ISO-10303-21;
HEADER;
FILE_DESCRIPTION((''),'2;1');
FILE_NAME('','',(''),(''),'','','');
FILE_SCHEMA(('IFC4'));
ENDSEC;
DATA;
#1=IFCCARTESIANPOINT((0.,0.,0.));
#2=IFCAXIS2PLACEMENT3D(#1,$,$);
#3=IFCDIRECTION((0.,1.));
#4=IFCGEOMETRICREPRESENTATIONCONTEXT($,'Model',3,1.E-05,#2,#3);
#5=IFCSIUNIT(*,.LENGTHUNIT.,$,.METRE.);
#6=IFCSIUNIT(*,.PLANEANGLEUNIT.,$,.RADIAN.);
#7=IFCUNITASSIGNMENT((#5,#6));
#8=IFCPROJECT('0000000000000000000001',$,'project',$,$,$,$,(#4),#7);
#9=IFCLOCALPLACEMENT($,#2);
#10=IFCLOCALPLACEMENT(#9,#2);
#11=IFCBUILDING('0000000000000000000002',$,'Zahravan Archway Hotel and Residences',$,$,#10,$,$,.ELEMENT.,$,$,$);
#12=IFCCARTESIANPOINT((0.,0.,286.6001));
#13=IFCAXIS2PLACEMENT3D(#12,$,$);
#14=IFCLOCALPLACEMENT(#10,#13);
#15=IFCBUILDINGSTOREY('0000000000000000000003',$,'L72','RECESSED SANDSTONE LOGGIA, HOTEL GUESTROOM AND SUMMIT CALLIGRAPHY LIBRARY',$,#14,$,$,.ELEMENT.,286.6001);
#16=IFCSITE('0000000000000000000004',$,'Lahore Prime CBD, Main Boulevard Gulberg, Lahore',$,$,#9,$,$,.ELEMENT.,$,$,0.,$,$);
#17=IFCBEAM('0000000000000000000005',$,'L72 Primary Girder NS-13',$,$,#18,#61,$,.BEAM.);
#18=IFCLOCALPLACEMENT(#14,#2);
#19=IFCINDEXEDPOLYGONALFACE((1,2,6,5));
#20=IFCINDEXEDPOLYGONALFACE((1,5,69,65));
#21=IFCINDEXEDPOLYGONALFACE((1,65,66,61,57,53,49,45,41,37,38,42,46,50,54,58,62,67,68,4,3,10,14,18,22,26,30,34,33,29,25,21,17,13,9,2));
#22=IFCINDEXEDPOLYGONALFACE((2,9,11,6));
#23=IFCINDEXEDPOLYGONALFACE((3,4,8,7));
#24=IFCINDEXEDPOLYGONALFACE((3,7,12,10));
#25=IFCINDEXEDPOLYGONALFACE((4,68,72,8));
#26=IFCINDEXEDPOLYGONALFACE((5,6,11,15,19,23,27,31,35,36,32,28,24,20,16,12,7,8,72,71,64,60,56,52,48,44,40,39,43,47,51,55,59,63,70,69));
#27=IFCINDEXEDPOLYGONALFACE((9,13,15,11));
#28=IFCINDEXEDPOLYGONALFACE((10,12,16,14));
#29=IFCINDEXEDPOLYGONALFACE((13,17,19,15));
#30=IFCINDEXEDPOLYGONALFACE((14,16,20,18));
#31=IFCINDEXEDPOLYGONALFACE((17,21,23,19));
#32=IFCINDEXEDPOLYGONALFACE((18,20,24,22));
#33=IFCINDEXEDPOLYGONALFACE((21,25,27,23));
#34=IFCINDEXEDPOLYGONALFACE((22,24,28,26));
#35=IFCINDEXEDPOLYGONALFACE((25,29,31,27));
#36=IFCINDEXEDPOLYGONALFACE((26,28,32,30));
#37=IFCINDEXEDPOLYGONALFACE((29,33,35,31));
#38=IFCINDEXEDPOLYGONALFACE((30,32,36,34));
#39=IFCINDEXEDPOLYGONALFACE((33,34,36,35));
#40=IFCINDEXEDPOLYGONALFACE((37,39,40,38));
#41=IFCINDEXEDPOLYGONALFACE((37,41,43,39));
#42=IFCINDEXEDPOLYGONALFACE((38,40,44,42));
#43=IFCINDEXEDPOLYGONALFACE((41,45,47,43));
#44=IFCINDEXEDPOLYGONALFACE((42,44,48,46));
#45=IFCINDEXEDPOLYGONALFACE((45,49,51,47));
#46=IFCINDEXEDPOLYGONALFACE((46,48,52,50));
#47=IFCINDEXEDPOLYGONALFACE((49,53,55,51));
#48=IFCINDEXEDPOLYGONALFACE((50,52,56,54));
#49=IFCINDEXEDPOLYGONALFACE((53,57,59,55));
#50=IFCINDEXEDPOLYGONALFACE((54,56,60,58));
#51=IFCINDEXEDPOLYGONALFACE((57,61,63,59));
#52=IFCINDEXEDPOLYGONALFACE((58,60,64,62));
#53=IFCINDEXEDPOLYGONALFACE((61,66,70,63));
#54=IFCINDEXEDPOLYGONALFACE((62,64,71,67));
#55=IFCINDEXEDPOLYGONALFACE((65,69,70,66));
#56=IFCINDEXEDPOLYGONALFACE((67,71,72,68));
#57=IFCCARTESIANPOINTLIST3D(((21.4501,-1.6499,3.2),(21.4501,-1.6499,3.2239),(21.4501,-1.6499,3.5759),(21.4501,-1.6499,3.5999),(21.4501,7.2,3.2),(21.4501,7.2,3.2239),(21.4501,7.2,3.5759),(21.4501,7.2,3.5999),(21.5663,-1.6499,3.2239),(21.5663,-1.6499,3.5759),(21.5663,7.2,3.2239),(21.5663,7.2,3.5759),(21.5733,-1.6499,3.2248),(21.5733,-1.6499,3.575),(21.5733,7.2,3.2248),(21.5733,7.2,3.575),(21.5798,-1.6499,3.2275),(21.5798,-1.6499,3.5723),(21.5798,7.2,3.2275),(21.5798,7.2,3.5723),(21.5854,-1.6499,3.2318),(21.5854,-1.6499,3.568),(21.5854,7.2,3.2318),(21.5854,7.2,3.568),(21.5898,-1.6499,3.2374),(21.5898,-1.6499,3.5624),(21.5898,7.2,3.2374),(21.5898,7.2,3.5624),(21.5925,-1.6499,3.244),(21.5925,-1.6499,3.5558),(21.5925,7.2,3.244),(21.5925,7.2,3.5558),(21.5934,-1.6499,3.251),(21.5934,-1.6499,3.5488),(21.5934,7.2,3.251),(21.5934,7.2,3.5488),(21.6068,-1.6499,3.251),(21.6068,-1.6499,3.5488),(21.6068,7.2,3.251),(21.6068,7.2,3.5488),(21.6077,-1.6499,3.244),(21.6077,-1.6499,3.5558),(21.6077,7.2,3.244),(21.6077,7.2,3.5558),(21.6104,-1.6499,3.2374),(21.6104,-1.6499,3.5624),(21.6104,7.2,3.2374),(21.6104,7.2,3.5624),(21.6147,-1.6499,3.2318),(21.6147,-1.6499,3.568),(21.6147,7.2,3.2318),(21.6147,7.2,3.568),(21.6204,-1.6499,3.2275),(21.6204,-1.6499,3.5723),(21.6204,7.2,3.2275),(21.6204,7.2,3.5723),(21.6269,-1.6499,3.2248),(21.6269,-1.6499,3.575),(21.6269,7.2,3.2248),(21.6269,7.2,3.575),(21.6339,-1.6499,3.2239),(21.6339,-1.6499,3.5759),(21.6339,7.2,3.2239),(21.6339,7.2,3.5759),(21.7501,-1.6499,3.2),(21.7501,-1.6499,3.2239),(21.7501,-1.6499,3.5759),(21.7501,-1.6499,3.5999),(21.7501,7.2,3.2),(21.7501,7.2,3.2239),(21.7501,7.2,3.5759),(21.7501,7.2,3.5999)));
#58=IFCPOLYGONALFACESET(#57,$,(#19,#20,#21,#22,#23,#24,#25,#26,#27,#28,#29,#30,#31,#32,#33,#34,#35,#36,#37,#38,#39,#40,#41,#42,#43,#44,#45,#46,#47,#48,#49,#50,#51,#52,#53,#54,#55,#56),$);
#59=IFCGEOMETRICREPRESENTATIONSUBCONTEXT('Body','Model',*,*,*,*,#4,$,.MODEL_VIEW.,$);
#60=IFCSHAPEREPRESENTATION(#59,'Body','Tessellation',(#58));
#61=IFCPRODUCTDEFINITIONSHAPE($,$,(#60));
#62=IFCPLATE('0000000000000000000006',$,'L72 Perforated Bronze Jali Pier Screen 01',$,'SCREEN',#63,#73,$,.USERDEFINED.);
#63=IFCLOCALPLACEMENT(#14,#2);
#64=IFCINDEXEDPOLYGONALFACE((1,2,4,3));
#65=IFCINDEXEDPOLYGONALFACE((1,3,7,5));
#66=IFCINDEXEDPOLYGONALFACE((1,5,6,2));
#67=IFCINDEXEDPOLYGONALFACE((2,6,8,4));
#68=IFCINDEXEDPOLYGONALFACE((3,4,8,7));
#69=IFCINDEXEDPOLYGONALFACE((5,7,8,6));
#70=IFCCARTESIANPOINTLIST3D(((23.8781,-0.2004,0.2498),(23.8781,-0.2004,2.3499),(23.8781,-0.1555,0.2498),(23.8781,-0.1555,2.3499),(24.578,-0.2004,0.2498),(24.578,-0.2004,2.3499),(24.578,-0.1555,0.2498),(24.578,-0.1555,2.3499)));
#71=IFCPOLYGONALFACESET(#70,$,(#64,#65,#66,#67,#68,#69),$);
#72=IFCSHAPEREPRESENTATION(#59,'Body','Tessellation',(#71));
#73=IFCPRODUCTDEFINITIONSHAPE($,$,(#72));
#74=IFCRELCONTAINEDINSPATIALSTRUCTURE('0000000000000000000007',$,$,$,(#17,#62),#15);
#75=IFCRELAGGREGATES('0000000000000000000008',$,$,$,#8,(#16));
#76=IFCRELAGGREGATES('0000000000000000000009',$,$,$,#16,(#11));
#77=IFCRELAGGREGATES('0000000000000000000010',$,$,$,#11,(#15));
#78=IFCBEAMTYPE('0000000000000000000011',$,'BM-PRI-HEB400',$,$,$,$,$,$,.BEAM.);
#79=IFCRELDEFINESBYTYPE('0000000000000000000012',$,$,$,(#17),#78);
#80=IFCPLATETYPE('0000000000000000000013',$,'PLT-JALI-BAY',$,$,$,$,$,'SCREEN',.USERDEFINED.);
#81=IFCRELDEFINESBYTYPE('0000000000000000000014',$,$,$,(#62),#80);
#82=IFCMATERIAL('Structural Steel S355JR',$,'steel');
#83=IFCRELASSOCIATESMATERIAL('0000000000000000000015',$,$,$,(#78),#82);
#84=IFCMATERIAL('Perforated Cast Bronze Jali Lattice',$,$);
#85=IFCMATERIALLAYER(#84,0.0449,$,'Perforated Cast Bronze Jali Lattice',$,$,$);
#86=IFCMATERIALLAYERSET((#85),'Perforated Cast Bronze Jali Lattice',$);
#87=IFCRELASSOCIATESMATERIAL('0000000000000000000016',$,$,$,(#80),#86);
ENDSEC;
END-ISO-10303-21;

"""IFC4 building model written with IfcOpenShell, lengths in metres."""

from ifc_helpers import new_model, si_unit, direction, frame, origin, origin_2d, place, context, subcontext, project, spatial, rectangle, i_section, extrude, source, transform, mapped, material, layer, layer_set, material_profile, profile_set, type_object, type_shapes, element, save


model = new_model("IFC4")

# Units and contexts
model_context = context("Model", 3, precision=1e-05, world=origin(), true_north=direction((0.0, 1.0)))
body_context = subcontext(model_context, "Body", "Model", "MODEL_VIEW")
ifc_project = project(units=[si_unit("LENGTHUNIT", "METRE"), si_unit("PLANEANGLEUNIT", "RADIAN")], contexts=[model_context])

# Site, building, storey
site_placement = place(None, origin())
site = spatial("IfcSite", under=ifc_project, at=site_placement, Name="Lahore Prime CBD, Main Boulevard Gulberg, Lahore", CompositionType="ELEMENT", RefElevation=0.0)
building_placement = place(site_placement, origin())
building = spatial("IfcBuilding", under=site, at=building_placement, Name="Zahravan Archway Hotel and Residences", CompositionType="ELEMENT")
storey_placement = place(building_placement, frame((0.0, 0.0, 286.6001)))
storey = spatial("IfcBuildingStorey", under=building, at=storey_placement, Name="L72", Description="RECESSED SANDSTONE LOGGIA, HOTEL GUESTROOM AND SUMMIT CALLIGRAPHY LIBRARY", CompositionType="ELEMENT", Elevation=286.6001)

# Beam
ifc_material_1 = material(Name="Structural Steel S355JR", Category="steel")
ifc_material_profile_1 = material_profile(ifc_material_1, i_section(OverallWidth=0.3, OverallDepth=0.3999, WebThickness=0.0134, FlangeThickness=0.0239, FilletRadius=0.0271, at=origin_2d()), Name="HEB 400", Category="steel")
ifc_profile_set_1 = profile_set([ifc_material_profile_1], Name="Structural Steel S355JR")
beam_type_1 = type_object("IfcBeamType", Name="BM-PRI-HEB400", PredefinedType="BEAM", material=ifc_profile_set_1)
shared_shape_1 = source(origin(), body_context, "Body", "SweptSolid", [
    extrude(i_section(OverallWidth=0.3, OverallDepth=0.3999, WebThickness=0.0134, FlangeThickness=0.0239, FilletRadius=0.0271, at=origin_2d()), origin(), (0.0, 0.0, 1.0), 8.8499),
])
beam_1_placement = place(storey_placement, frame((21.6001, -1.6499, 3.3999), z_axis=(0.0, 1.0, 0.0), x_axis=(-1.0, 0.0, 0.0)))
element("IfcBeam", 1, at=beam_1_placement, inside=storey, type_object=beam_type_1, Name="L72 Primary Girder NS-13", PredefinedType="BEAM", context=body_context, shape_type="MappedRepresentation", body=[
    mapped(shared_shape_1, transform((0.0, 0.0, 0.0), scale=1.0)),
])

# Plate
ifc_material_2 = material(Name="Perforated Cast Bronze Jali Lattice")
ifc_layer_1 = layer(ifc_material_2, 0.0449, Name="Perforated Cast Bronze Jali Lattice")
ifc_layer_set_1 = layer_set([ifc_layer_1], Name="Perforated Cast Bronze Jali Lattice")
plate_type = type_object("IfcPlateType", Name="PLT-JALI-BAY", ElementType="SCREEN", PredefinedType="USERDEFINED", material=ifc_layer_set_1)
shared_shape_2 = source(origin(), body_context, "Body", "SweptSolid", [
    extrude(rectangle(XDim=0.7, YDim=0.0449, at=origin_2d()), origin(), (0.0, 0.0, 1.0), 2.1001),
])
type_shapes(plate_type, [shared_shape_2])
plate_placement = place(storey_placement, frame((24.228, -0.178, 0.2498), z_axis=(0.0, 0.0, 1.0), x_axis=(1.0, 0.0, 0.0)))
element("IfcPlate", 2, at=plate_placement, inside=storey, type_object=plate_type, Name="L72 Perforated Bronze Jali Pier Screen 01", ObjectType="SCREEN", PredefinedType="USERDEFINED", context=body_context, shape_type="MappedRepresentation", body=[
    mapped(shared_shape_2, transform((0.0, 0.0, 0.0), scale=1.0)),
])

save(model, "model.ifc")
